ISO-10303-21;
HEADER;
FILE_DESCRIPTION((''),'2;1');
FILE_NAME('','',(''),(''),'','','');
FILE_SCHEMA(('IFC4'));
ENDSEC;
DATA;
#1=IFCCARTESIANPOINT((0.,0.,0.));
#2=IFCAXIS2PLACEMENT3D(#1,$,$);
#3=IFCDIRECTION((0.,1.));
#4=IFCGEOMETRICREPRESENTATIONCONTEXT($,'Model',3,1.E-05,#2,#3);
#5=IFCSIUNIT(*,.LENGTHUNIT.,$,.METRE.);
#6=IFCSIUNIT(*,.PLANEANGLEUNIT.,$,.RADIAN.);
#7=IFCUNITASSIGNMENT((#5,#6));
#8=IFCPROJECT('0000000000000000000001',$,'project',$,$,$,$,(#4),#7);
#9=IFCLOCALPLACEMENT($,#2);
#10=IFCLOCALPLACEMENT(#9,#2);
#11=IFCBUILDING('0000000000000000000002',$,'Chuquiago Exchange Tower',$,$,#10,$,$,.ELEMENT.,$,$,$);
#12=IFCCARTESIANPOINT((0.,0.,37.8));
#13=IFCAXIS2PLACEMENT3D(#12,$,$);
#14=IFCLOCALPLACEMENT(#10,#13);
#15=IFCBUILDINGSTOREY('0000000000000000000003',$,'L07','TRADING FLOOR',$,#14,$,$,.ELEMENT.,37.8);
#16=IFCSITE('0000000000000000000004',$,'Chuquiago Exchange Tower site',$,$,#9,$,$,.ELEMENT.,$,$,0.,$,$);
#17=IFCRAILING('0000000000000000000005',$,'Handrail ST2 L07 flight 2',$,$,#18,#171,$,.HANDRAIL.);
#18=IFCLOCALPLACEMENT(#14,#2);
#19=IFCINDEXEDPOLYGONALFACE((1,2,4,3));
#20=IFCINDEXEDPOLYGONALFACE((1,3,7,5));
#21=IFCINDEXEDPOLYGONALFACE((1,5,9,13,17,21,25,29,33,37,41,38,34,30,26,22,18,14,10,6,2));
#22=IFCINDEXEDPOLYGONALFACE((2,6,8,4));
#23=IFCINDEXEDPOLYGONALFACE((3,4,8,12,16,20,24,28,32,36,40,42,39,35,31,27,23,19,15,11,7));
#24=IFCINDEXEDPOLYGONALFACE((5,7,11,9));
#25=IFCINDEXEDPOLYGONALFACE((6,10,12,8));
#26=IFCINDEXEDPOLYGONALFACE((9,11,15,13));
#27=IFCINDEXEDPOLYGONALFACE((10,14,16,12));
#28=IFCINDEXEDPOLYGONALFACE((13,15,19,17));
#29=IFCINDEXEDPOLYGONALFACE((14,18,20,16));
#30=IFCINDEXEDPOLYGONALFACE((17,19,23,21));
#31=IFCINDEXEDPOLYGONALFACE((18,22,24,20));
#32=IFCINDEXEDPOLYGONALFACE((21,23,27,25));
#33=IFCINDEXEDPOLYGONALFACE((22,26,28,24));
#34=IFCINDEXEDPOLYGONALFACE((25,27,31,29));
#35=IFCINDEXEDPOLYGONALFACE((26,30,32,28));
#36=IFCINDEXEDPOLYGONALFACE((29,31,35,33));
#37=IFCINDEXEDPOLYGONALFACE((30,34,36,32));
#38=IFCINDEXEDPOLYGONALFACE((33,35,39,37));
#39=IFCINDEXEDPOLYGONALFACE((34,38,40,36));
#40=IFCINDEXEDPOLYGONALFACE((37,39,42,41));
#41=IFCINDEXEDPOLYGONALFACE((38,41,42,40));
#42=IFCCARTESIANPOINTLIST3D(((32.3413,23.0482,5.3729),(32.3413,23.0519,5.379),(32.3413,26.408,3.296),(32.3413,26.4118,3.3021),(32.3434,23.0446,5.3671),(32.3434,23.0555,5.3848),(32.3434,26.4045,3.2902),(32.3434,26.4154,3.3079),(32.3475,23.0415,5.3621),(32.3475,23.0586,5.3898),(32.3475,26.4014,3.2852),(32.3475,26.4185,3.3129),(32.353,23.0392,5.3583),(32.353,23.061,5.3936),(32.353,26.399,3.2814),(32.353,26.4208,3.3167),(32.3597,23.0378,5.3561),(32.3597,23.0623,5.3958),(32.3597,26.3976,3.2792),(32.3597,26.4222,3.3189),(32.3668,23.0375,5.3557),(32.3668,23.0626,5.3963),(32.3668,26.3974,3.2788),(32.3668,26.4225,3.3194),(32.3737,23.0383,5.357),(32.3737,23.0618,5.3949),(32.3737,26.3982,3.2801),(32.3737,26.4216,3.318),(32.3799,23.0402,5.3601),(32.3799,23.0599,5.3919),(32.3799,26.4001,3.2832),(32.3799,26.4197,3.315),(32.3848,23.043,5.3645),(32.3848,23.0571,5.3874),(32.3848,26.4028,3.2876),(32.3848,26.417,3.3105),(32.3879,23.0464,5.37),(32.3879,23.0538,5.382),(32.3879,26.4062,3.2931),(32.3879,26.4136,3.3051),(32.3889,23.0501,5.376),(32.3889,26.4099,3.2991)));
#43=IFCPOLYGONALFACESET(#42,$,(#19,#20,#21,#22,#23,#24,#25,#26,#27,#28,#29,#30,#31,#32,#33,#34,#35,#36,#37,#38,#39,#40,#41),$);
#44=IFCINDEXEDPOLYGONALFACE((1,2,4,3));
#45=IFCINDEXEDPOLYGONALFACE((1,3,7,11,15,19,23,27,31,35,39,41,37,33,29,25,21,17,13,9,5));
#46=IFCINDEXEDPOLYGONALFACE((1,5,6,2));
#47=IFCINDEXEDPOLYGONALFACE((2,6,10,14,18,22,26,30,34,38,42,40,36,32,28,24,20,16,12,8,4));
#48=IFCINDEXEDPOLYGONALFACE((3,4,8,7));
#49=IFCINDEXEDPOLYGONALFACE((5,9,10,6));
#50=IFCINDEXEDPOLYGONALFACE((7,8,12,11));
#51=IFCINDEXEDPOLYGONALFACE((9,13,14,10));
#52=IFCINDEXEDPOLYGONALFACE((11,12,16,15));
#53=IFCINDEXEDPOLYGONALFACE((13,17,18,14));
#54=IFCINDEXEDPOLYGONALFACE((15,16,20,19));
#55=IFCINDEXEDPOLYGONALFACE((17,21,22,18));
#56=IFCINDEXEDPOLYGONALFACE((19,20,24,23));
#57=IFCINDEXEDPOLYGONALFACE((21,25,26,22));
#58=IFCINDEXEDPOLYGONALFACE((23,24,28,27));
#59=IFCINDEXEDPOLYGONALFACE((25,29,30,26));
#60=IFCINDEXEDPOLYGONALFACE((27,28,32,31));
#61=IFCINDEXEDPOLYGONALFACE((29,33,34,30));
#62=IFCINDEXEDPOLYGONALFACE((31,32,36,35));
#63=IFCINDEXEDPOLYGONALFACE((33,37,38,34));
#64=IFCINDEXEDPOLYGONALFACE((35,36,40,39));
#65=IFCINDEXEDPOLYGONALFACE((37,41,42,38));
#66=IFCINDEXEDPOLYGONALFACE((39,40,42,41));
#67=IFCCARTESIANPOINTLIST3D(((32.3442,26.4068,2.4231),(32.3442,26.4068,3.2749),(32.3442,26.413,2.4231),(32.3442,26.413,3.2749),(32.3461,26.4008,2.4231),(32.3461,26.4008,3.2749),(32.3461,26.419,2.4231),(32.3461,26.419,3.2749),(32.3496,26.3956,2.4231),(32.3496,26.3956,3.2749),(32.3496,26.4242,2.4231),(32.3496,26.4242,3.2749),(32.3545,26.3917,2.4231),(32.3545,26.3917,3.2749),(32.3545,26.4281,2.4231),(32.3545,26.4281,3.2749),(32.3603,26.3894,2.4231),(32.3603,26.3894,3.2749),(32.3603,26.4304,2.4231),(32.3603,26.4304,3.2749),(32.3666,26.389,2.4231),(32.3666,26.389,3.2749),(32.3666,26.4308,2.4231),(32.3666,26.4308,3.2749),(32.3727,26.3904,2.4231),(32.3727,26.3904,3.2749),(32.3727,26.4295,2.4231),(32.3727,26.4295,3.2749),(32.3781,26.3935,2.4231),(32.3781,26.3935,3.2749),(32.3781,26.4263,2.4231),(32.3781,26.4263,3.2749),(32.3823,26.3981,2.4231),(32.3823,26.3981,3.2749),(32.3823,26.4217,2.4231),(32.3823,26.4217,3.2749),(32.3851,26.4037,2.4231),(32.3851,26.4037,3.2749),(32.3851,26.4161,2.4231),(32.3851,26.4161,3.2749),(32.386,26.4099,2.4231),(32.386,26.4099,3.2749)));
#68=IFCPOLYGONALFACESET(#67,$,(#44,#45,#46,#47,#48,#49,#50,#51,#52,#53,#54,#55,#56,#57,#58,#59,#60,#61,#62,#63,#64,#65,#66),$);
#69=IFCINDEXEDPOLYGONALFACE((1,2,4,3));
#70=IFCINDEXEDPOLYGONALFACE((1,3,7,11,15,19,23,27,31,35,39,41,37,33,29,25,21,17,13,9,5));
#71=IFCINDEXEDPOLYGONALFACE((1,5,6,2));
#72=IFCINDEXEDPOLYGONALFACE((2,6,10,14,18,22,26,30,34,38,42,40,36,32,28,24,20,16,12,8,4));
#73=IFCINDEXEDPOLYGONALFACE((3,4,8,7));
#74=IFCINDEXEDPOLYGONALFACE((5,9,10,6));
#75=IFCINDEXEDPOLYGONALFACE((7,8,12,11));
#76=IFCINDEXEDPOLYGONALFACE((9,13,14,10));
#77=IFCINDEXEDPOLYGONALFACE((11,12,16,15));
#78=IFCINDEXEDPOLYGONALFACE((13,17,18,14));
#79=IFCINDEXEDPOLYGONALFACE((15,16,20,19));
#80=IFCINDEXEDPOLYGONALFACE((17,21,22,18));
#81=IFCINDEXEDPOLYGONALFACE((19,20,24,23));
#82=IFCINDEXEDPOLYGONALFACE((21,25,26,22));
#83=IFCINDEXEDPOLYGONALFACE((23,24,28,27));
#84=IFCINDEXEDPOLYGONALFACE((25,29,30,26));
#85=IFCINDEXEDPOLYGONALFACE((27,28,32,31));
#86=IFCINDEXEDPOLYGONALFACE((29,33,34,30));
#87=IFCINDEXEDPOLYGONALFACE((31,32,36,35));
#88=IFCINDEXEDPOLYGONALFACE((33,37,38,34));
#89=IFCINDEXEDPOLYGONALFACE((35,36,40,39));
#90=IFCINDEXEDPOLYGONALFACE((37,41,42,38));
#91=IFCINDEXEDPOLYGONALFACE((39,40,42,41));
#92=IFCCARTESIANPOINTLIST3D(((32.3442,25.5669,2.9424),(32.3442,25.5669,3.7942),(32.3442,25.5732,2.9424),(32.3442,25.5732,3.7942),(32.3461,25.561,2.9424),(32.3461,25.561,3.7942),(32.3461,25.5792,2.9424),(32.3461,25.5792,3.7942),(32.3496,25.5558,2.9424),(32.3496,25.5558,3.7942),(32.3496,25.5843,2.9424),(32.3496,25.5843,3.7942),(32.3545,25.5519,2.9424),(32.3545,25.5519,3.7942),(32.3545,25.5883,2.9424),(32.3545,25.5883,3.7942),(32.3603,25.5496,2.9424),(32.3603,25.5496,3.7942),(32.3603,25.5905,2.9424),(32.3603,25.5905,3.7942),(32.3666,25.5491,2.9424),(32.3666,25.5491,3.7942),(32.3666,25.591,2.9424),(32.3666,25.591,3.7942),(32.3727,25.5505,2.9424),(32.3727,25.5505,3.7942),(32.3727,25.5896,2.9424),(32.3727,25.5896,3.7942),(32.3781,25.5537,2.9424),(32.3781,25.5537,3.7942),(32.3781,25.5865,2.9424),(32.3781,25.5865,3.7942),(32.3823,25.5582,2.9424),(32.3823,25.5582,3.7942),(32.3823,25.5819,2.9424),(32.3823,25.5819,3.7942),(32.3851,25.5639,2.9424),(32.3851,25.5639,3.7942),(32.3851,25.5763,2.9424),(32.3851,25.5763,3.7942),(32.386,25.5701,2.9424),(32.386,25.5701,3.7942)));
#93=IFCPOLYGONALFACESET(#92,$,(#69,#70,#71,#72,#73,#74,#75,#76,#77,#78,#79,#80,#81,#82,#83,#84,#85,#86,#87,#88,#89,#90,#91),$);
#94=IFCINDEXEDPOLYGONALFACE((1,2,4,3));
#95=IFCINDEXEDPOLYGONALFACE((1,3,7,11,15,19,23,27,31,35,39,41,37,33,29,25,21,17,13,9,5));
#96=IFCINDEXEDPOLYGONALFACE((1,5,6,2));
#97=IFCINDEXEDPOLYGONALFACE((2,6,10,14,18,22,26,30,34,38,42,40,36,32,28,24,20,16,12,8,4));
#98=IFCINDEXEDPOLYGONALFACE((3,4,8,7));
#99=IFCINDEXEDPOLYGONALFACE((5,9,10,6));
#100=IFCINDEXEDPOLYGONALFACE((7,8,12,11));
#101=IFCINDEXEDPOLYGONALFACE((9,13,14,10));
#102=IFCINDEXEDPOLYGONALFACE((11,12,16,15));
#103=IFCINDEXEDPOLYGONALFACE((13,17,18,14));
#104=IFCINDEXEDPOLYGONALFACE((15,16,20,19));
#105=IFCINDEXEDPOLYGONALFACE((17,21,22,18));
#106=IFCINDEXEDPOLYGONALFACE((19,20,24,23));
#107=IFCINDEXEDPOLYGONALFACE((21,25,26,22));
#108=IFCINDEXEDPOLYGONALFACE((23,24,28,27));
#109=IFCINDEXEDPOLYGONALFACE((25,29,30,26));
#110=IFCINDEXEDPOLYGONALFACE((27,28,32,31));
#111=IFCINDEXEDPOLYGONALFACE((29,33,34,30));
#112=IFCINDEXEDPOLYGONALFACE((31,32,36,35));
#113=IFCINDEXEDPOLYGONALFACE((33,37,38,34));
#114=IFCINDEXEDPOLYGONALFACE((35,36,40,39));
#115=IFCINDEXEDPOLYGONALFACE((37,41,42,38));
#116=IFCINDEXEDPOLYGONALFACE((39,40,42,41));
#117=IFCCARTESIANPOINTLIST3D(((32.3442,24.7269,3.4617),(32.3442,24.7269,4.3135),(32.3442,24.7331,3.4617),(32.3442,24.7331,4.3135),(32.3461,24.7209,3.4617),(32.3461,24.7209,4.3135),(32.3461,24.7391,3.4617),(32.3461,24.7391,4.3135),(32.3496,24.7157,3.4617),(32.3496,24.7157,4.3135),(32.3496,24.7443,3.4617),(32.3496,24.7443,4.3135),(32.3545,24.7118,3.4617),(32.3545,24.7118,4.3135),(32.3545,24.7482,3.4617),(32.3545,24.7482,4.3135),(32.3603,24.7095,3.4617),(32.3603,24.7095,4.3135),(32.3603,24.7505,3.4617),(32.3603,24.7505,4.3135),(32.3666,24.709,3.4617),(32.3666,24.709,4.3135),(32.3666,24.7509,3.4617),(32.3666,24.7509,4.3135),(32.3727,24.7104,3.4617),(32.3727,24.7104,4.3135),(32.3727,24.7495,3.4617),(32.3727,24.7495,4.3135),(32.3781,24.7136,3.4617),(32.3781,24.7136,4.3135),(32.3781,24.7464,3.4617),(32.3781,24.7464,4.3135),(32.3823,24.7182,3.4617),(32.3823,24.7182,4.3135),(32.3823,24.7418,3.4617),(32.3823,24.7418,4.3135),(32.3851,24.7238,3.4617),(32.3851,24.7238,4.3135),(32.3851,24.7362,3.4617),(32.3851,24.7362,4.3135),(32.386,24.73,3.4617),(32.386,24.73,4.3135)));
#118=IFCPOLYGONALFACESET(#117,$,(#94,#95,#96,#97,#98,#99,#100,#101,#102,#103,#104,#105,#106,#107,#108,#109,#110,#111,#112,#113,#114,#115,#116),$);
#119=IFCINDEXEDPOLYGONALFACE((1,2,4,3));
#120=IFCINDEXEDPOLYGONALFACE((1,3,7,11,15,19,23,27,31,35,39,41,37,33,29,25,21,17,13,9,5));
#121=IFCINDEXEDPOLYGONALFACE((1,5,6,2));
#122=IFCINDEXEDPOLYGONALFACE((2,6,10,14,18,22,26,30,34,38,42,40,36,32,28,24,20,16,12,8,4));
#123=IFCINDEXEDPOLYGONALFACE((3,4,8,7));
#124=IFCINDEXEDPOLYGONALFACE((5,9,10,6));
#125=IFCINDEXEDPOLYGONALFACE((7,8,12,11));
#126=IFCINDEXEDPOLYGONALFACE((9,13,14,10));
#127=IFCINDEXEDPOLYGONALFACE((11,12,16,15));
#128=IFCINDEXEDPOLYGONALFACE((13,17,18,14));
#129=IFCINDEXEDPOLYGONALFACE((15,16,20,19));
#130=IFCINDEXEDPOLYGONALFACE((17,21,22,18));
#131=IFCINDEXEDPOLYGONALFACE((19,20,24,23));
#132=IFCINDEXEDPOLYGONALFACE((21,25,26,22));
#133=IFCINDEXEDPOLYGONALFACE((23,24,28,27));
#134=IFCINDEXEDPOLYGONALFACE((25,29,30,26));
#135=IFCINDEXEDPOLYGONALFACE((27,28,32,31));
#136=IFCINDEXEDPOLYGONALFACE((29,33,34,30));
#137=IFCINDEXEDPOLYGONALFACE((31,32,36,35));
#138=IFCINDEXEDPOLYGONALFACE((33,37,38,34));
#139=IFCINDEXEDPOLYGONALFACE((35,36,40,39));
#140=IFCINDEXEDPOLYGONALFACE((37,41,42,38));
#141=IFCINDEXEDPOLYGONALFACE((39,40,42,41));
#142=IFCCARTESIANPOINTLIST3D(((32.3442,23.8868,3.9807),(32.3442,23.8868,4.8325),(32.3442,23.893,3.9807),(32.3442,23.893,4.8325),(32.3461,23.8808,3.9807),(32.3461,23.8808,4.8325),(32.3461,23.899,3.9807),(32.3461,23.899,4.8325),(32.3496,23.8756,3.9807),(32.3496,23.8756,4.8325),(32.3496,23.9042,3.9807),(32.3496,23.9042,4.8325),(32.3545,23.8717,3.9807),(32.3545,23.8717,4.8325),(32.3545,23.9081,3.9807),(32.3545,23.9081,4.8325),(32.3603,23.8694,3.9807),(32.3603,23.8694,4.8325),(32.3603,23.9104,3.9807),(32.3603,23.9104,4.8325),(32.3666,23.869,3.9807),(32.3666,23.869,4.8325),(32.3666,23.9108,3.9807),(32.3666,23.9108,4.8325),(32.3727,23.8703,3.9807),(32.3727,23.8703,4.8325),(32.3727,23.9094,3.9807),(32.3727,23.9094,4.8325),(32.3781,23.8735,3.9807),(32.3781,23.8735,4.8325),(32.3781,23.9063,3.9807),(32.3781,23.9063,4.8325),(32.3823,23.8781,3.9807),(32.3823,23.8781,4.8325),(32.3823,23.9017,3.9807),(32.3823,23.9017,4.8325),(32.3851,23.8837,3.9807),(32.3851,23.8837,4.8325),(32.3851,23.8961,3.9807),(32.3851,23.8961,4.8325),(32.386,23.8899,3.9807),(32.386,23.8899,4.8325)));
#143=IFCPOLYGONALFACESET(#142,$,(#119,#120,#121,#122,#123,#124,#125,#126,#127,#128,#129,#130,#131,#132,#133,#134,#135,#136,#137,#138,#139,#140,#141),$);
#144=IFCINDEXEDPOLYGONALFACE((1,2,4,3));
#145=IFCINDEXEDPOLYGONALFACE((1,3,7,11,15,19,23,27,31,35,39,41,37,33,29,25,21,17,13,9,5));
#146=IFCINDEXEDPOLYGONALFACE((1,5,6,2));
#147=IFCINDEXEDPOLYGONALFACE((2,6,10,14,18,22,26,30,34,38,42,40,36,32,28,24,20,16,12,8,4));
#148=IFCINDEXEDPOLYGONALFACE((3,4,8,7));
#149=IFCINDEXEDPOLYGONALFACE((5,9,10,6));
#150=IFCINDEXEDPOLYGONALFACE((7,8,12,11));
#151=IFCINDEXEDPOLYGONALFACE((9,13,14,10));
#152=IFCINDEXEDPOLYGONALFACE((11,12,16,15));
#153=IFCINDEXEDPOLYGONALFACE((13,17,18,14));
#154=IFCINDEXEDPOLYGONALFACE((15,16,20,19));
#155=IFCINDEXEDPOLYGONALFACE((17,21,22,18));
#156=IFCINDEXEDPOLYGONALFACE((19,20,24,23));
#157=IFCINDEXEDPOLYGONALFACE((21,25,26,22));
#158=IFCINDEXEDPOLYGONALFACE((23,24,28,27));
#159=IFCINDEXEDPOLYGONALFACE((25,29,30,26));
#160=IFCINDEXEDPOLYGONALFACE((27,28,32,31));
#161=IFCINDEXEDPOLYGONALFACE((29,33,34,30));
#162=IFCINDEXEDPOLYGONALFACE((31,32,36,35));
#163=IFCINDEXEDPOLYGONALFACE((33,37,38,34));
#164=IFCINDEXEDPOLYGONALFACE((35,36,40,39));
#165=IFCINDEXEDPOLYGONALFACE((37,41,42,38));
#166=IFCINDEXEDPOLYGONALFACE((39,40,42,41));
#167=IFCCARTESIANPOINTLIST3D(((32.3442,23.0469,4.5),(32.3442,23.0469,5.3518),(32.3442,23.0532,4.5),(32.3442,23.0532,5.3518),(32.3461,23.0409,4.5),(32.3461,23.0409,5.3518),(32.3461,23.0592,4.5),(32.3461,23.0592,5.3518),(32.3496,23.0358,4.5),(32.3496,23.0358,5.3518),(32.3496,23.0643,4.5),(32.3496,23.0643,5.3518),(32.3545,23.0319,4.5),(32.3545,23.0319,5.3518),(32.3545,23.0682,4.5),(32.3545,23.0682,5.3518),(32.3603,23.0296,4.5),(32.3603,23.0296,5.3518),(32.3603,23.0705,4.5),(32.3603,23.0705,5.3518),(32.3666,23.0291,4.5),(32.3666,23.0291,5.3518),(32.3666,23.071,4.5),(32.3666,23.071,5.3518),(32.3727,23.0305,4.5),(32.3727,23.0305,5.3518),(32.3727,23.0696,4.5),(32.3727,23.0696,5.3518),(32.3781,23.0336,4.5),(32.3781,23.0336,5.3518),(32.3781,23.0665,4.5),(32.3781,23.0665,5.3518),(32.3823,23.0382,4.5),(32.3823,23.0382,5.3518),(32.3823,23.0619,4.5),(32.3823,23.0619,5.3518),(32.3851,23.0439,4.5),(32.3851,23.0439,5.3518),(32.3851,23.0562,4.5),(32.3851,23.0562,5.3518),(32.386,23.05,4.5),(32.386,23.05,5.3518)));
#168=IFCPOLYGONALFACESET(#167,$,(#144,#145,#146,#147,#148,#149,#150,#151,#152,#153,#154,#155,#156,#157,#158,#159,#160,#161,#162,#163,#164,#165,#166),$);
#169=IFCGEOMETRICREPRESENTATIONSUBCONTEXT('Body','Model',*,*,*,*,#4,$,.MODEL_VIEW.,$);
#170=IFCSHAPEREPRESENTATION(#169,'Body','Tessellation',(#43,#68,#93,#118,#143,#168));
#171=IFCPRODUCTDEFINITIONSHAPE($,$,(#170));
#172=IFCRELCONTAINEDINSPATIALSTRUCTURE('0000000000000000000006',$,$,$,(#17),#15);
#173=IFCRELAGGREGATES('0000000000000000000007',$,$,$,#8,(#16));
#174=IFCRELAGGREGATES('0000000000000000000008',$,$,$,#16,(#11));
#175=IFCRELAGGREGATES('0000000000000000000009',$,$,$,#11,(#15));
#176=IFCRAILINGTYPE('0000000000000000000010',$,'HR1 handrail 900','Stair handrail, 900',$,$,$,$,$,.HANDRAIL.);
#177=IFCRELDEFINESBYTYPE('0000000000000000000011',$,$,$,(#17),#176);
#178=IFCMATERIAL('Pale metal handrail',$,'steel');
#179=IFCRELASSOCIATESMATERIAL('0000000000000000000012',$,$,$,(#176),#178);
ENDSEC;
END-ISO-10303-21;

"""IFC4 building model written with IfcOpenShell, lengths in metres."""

from ifc_helpers import new_model, si_unit, direction, frame, origin, origin_2d, place, context, subcontext, project, spatial, circle, extrude, material, type_object, element, save


model = new_model("IFC4")

# Units and contexts
model_context = context("Model", 3, precision=1e-05, world=origin(), true_north=direction((0.0, 1.0)))
body_context = subcontext(model_context, "Body", "Model", "MODEL_VIEW")
ifc_project = project(units=[si_unit("LENGTHUNIT", "METRE"), si_unit("PLANEANGLEUNIT", "RADIAN")], contexts=[model_context])

# Site, building, storey
site_placement = place(None, origin())
site = spatial("IfcSite", under=ifc_project, at=site_placement, Name="Chuquiago Exchange Tower site", CompositionType="ELEMENT", RefElevation=0.0)
building_placement = place(site_placement, origin())
building = spatial("IfcBuilding", under=site, at=building_placement, Name="Chuquiago Exchange Tower", CompositionType="ELEMENT")
storey_placement = place(building_placement, frame((0.0, 0.0, 37.8)))
storey = spatial("IfcBuildingStorey", under=building, at=storey_placement, Name="L07", Description="TRADING FLOOR", CompositionType="ELEMENT", Elevation=37.8)

# Railing
ifc_material_1 = material(Name="Pale metal handrail", Category="steel")
railing_type_1 = type_object("IfcRailingType", Name="HR1 handrail 900", Description="Stair handrail, 900", PredefinedType="HANDRAIL", material=ifc_material_1)
for number, where, name in (
    (1, (32.365, 26.4099, 2.4231), "Handrail ST2 L07 flight 2"),
):
    element("IfcRailing", number, at=place(storey_placement, frame(where)), inside=storey, type_object=railing_type_1, Name=name, PredefinedType="HANDRAIL", context=body_context, shape_type="SweptSolid", body=[
        extrude(circle(Radius=0.0239, at=origin_2d()), frame((0.0, 0.0, 0.876), z_axis=(0.0, -0.850606, 0.525803), x_axis=(1.0, 0.0, 0.0)), (0.0, 0.0, 1.0), 3.95),
        extrude(circle(Radius=0.021, at=origin_2d()), origin(), (0.0, 0.0, 1.0), 0.8518),
        extrude(circle(Radius=0.021, at=origin_2d()), frame((0.0, -0.8398, 0.5193)), (0.0, 0.0, 1.0), 0.8518),
        extrude(circle(Radius=0.021, at=origin_2d()), frame((0.0, -1.6799, 1.0386)), (0.0, 0.0, 1.0), 0.8518),
        extrude(circle(Radius=0.021, at=origin_2d()), frame((0.0, -2.52, 1.5576)), (0.0, 0.0, 1.0), 0.8518),
        extrude(circle(Radius=0.021, at=origin_2d()), frame((0.0, -3.3599, 2.0769)), (0.0, 0.0, 1.0), 0.8518),
    ])

save(model, "model.ifc")
